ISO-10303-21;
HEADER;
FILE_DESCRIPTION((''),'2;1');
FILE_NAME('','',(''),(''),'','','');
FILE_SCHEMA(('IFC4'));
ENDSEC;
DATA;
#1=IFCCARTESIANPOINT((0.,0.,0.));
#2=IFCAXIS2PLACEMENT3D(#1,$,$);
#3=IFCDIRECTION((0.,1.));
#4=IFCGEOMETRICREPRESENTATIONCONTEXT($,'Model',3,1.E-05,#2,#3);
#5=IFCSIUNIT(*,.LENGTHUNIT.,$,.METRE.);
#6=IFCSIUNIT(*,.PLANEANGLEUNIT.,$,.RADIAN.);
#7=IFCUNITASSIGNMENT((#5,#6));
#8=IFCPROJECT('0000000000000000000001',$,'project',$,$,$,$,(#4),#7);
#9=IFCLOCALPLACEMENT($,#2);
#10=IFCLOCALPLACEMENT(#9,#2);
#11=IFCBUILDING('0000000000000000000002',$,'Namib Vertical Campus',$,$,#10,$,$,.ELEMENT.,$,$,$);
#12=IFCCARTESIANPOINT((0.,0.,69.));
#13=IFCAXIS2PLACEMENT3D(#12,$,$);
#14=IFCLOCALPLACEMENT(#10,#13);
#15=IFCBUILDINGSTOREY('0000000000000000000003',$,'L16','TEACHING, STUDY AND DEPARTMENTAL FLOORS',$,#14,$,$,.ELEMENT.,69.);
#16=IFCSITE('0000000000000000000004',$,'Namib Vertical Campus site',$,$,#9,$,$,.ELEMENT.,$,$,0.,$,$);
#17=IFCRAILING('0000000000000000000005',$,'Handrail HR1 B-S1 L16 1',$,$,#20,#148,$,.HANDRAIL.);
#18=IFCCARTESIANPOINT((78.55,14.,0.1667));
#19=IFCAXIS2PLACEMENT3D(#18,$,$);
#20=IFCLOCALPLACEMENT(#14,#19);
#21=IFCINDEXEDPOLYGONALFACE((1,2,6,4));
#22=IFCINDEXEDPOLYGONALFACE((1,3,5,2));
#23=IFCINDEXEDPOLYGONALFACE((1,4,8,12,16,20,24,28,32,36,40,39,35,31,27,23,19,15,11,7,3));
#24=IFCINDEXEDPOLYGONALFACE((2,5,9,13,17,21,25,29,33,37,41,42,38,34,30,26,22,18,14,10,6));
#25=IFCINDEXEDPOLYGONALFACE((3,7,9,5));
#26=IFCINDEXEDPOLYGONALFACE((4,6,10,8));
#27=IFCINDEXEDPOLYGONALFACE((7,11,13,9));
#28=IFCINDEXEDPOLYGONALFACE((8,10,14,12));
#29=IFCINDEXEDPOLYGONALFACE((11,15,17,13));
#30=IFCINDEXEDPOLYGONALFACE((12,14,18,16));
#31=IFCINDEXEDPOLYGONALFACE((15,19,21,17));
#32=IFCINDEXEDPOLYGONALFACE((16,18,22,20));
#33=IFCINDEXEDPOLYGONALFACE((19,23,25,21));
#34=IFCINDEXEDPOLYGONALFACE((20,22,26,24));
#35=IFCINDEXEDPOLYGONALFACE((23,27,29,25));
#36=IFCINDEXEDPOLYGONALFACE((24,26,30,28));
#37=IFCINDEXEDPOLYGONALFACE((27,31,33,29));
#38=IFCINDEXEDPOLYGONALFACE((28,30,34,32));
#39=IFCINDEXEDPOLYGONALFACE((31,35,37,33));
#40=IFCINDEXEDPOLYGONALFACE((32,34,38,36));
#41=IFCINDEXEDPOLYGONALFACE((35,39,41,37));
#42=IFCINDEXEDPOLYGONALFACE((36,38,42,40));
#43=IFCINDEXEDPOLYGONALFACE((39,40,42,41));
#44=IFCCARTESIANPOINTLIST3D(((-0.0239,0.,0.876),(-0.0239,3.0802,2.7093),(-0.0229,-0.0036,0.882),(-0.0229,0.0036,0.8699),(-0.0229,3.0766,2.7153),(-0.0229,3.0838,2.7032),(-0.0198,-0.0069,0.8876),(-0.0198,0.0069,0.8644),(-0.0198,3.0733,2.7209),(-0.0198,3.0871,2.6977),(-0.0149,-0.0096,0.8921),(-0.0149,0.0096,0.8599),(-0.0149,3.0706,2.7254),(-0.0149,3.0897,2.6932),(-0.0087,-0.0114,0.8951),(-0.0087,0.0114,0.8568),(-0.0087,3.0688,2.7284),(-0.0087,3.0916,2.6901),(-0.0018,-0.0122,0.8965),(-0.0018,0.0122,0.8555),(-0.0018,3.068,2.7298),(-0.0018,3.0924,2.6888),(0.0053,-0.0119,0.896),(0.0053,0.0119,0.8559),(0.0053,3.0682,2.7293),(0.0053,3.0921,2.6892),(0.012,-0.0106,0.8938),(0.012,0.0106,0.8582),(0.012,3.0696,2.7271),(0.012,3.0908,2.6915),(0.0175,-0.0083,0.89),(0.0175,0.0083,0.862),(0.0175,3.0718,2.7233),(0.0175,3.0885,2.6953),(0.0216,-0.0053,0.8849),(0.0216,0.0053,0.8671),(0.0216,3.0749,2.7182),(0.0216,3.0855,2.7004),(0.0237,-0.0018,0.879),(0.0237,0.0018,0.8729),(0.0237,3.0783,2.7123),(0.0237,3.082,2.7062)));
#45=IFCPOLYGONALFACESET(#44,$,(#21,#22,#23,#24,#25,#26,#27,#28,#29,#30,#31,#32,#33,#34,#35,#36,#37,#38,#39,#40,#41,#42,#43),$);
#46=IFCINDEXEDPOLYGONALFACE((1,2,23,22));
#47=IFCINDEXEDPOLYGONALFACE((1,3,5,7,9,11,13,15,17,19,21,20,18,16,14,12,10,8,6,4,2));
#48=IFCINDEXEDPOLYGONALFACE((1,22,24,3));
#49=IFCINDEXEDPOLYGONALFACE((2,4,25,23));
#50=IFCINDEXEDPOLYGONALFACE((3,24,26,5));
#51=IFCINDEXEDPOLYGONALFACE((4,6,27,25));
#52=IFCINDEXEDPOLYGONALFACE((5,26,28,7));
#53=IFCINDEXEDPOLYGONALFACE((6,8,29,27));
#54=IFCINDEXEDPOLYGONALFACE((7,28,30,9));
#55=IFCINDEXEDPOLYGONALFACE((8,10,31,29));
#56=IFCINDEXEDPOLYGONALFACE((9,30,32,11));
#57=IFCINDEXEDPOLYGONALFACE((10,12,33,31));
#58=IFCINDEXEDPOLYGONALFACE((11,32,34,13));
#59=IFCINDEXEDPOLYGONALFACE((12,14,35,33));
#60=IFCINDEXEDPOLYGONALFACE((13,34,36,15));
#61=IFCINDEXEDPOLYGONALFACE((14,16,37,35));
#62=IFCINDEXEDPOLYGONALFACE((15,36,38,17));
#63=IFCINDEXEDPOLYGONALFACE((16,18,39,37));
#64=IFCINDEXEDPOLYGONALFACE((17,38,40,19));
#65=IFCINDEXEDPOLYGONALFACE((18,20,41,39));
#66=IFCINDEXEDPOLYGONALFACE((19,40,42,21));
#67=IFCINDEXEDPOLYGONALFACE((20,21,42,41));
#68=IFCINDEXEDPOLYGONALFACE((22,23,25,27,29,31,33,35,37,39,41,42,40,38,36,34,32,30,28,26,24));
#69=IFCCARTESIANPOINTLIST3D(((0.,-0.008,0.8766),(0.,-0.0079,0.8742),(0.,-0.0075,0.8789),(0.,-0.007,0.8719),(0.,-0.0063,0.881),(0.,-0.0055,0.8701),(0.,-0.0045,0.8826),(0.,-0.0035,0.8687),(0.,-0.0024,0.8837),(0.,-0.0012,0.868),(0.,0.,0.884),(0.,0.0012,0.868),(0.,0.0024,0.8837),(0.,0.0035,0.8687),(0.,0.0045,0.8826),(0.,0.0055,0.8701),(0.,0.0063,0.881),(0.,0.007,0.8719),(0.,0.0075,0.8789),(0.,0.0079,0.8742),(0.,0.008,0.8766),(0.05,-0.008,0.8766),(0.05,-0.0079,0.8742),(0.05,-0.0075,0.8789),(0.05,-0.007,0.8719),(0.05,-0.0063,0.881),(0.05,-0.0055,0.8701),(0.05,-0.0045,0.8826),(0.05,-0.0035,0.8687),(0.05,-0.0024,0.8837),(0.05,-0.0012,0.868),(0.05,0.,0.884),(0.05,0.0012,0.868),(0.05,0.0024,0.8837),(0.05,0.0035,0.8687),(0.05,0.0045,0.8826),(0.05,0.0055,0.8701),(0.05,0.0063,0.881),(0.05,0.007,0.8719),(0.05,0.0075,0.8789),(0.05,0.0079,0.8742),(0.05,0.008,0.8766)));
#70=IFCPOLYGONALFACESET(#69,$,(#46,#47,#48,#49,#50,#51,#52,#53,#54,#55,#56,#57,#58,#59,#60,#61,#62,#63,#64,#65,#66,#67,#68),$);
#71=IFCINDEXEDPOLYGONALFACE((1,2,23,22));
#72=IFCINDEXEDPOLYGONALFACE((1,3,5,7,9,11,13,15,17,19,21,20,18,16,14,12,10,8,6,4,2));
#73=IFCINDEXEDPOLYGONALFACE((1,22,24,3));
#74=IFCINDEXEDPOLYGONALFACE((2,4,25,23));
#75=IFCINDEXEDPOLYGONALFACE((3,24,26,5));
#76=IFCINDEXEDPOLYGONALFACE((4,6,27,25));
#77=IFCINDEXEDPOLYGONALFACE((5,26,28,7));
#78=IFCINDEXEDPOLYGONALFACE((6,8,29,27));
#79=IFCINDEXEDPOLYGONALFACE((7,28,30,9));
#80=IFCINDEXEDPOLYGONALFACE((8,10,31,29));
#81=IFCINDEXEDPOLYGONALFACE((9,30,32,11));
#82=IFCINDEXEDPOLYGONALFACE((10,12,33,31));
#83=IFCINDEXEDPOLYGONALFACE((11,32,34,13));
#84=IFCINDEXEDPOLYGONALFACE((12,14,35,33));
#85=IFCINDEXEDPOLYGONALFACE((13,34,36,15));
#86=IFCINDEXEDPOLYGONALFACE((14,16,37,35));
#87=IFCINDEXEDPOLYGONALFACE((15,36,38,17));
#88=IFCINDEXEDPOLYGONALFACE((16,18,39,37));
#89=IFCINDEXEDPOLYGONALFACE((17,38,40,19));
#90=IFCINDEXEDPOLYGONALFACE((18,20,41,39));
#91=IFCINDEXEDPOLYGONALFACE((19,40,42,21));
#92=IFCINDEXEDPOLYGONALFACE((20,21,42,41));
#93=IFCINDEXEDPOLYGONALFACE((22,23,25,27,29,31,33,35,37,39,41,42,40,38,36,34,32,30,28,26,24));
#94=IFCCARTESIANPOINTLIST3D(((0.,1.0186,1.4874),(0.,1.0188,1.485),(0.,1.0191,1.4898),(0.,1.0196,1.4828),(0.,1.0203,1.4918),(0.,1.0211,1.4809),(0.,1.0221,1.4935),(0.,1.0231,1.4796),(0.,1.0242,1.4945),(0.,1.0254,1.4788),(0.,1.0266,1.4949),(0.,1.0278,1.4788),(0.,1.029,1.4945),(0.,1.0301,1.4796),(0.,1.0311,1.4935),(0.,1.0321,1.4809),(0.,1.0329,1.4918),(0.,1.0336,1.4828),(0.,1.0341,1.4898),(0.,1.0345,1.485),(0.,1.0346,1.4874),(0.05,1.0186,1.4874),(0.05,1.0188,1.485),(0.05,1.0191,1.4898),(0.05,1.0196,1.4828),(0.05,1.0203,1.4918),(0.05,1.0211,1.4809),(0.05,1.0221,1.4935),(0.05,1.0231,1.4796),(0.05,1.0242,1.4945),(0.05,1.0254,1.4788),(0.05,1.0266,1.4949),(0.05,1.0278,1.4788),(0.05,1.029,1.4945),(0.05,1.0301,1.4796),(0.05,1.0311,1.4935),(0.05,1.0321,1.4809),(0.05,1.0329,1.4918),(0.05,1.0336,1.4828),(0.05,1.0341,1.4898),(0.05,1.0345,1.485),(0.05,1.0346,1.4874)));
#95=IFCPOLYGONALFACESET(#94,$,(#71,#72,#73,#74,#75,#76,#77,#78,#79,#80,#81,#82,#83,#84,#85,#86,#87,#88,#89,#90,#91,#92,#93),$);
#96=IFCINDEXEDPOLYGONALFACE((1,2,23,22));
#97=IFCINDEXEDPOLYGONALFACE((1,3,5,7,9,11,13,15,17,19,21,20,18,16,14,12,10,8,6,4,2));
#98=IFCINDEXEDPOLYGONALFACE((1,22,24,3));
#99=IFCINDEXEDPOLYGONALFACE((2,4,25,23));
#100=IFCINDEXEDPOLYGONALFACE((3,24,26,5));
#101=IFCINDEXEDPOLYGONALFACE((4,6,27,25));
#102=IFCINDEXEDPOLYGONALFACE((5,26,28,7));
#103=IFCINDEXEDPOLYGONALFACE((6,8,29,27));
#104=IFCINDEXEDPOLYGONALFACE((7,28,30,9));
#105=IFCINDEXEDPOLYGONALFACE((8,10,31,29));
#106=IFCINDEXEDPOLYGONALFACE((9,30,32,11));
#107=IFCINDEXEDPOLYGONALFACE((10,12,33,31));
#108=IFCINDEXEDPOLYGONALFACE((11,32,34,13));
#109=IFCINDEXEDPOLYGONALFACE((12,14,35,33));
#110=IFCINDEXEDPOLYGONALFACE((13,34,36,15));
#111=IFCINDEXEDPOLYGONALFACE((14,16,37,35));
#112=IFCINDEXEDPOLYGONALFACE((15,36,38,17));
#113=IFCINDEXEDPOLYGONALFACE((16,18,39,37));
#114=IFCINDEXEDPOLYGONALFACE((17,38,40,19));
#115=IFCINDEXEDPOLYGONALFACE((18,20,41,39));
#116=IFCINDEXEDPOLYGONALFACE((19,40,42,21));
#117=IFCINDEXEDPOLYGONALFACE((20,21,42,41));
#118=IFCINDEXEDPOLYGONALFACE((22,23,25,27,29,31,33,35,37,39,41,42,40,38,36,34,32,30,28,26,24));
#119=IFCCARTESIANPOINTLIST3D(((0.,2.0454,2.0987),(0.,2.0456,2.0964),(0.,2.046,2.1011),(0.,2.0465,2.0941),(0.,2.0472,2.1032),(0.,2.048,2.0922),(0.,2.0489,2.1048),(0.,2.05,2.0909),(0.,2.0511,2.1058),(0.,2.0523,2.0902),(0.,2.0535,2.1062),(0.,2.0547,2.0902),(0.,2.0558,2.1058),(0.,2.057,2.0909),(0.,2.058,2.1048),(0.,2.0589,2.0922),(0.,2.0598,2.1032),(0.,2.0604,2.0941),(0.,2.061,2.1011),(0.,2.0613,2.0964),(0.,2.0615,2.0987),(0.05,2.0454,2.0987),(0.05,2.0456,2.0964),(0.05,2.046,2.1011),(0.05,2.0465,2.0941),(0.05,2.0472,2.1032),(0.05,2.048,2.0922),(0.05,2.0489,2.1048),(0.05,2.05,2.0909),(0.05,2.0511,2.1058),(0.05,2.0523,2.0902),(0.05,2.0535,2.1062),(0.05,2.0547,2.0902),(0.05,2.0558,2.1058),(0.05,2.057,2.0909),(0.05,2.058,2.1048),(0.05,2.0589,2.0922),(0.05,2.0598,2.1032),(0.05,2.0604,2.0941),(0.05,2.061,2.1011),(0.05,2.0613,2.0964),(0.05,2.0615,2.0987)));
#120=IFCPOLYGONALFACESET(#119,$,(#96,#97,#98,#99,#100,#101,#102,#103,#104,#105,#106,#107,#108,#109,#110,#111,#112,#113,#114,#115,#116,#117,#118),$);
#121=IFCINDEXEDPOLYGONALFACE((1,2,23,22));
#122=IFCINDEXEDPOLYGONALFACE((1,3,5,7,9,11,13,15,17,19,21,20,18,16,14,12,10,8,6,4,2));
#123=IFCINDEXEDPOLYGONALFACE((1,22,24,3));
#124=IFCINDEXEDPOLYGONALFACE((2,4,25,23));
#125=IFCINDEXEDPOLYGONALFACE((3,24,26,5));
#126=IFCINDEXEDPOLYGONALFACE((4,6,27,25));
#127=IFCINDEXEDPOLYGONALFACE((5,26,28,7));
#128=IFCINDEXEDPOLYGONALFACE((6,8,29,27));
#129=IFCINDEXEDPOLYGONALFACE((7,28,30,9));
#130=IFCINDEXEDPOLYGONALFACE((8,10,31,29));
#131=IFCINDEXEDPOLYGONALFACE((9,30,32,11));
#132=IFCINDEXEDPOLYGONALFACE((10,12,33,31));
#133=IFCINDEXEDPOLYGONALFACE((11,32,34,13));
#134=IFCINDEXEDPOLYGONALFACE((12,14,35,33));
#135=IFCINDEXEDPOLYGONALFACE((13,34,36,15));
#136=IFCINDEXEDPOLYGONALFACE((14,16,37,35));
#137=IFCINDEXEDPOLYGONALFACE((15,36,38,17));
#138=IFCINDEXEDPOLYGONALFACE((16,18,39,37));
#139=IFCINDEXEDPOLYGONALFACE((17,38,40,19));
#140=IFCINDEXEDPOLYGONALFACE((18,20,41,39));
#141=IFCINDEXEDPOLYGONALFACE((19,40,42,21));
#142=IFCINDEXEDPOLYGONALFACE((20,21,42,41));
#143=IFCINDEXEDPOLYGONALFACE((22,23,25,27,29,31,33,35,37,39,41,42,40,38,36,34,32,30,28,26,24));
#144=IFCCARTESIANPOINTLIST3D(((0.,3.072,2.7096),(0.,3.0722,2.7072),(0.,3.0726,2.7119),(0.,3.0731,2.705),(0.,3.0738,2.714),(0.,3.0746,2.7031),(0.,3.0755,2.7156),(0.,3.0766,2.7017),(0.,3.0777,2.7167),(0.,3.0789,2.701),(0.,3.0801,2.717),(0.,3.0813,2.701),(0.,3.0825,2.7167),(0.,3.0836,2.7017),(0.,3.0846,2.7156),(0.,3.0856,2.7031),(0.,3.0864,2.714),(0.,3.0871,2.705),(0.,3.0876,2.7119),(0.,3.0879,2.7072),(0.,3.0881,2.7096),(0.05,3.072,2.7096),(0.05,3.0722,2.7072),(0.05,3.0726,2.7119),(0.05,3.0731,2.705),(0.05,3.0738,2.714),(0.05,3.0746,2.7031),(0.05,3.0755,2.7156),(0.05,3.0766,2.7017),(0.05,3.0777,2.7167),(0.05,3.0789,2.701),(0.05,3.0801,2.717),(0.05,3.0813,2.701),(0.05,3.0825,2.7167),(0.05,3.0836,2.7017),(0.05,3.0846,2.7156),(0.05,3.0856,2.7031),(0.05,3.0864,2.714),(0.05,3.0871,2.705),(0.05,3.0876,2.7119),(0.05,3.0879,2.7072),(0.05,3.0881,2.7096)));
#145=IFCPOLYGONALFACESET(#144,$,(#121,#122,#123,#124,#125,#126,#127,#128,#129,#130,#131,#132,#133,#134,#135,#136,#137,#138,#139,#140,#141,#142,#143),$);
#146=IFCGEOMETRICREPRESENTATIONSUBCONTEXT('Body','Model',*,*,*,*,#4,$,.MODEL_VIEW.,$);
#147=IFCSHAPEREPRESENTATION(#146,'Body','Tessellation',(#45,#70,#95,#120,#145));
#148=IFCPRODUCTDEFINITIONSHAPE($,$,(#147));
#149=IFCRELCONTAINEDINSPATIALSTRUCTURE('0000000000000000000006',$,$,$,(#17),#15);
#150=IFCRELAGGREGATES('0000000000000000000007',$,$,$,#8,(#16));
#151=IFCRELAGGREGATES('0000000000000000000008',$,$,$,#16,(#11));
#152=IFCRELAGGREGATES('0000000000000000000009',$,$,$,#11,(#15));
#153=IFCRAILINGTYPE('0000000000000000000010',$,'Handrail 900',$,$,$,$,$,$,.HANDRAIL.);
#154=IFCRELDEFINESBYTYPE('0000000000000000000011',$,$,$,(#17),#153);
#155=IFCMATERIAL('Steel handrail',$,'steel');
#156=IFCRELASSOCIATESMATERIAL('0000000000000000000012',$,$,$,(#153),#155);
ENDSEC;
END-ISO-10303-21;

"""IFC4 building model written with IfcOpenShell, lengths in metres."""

from ifc_helpers import new_model, si_unit, direction, frame, origin, origin_2d, place, context, subcontext, project, spatial, circle, extrude, material, type_object, element, save


model = new_model("IFC4")

# Units and contexts
model_context = context("Model", 3, precision=1e-05, world=origin(), true_north=direction((0.0, 1.0)))
body_context = subcontext(model_context, "Body", "Model", "MODEL_VIEW")
ifc_project = project(units=[si_unit("LENGTHUNIT", "METRE"), si_unit("PLANEANGLEUNIT", "RADIAN")], contexts=[model_context])

# Site, building, storey
site_placement = place(None, origin())
site = spatial("IfcSite", under=ifc_project, at=site_placement, Name="Namib Vertical Campus site", CompositionType="ELEMENT", RefElevation=0.0)
building_placement = place(site_placement, origin())
building = spatial("IfcBuilding", under=site, at=building_placement, Name="Namib Vertical Campus", CompositionType="ELEMENT")
storey_placement = place(building_placement, frame((0.0, 0.0, 69.0)))
storey = spatial("IfcBuildingStorey", under=building, at=storey_placement, Name="L16", Description="TEACHING, STUDY AND DEPARTMENTAL FLOORS", CompositionType="ELEMENT", Elevation=69.0)

# Railing
ifc_material_1 = material(Name="Steel handrail", Category="steel")
railing_type_1 = type_object("IfcRailingType", Name="Handrail 900", PredefinedType="HANDRAIL", material=ifc_material_1)
railing_1_placement = place(storey_placement, frame((78.55, 14.0, 0.1667)))
element("IfcRailing", 1, at=railing_1_placement, inside=storey, type_object=railing_type_1, Name="Handrail HR1 B-S1 L16 1", PredefinedType="HANDRAIL", context=body_context, shape_type="SweptSolid", body=[
    extrude(circle(Radius=0.0239, at=origin_2d()), frame((0.0, 0.0, 0.876), z_axis=(0.0, 0.859309, 0.511458), x_axis=(-1.0, 0.0, 0.0)), (0.0, 0.0, 1.0), 3.5845),
    extrude(circle(Radius=0.0081, at=origin_2d()), frame((0.0, 0.0, 0.876), z_axis=(1.0, 0.0, 0.0), x_axis=(0.0, 0.0, 1.0)), (0.0, 0.0, 1.0), 0.05),
    extrude(circle(Radius=0.0081, at=origin_2d()), frame((0.0, 1.0266, 1.4868), z_axis=(1.0, 0.0, 0.0), x_axis=(0.0, 0.0, 1.0)), (0.0, 0.0, 1.0), 0.05),
    extrude(circle(Radius=0.0081, at=origin_2d()), frame((0.0, 2.0535, 2.0981), z_axis=(1.0, 0.0, 0.0), x_axis=(0.0, 0.0, 1.0)), (0.0, 0.0, 1.0), 0.05),
    extrude(circle(Radius=0.0081, at=origin_2d()), frame((0.0, 3.0801, 2.709), z_axis=(1.0, 0.0, 0.0), x_axis=(0.0, 0.0, 1.0)), (0.0, 0.0, 1.0), 0.05),
])

save(model, "model.ifc")
